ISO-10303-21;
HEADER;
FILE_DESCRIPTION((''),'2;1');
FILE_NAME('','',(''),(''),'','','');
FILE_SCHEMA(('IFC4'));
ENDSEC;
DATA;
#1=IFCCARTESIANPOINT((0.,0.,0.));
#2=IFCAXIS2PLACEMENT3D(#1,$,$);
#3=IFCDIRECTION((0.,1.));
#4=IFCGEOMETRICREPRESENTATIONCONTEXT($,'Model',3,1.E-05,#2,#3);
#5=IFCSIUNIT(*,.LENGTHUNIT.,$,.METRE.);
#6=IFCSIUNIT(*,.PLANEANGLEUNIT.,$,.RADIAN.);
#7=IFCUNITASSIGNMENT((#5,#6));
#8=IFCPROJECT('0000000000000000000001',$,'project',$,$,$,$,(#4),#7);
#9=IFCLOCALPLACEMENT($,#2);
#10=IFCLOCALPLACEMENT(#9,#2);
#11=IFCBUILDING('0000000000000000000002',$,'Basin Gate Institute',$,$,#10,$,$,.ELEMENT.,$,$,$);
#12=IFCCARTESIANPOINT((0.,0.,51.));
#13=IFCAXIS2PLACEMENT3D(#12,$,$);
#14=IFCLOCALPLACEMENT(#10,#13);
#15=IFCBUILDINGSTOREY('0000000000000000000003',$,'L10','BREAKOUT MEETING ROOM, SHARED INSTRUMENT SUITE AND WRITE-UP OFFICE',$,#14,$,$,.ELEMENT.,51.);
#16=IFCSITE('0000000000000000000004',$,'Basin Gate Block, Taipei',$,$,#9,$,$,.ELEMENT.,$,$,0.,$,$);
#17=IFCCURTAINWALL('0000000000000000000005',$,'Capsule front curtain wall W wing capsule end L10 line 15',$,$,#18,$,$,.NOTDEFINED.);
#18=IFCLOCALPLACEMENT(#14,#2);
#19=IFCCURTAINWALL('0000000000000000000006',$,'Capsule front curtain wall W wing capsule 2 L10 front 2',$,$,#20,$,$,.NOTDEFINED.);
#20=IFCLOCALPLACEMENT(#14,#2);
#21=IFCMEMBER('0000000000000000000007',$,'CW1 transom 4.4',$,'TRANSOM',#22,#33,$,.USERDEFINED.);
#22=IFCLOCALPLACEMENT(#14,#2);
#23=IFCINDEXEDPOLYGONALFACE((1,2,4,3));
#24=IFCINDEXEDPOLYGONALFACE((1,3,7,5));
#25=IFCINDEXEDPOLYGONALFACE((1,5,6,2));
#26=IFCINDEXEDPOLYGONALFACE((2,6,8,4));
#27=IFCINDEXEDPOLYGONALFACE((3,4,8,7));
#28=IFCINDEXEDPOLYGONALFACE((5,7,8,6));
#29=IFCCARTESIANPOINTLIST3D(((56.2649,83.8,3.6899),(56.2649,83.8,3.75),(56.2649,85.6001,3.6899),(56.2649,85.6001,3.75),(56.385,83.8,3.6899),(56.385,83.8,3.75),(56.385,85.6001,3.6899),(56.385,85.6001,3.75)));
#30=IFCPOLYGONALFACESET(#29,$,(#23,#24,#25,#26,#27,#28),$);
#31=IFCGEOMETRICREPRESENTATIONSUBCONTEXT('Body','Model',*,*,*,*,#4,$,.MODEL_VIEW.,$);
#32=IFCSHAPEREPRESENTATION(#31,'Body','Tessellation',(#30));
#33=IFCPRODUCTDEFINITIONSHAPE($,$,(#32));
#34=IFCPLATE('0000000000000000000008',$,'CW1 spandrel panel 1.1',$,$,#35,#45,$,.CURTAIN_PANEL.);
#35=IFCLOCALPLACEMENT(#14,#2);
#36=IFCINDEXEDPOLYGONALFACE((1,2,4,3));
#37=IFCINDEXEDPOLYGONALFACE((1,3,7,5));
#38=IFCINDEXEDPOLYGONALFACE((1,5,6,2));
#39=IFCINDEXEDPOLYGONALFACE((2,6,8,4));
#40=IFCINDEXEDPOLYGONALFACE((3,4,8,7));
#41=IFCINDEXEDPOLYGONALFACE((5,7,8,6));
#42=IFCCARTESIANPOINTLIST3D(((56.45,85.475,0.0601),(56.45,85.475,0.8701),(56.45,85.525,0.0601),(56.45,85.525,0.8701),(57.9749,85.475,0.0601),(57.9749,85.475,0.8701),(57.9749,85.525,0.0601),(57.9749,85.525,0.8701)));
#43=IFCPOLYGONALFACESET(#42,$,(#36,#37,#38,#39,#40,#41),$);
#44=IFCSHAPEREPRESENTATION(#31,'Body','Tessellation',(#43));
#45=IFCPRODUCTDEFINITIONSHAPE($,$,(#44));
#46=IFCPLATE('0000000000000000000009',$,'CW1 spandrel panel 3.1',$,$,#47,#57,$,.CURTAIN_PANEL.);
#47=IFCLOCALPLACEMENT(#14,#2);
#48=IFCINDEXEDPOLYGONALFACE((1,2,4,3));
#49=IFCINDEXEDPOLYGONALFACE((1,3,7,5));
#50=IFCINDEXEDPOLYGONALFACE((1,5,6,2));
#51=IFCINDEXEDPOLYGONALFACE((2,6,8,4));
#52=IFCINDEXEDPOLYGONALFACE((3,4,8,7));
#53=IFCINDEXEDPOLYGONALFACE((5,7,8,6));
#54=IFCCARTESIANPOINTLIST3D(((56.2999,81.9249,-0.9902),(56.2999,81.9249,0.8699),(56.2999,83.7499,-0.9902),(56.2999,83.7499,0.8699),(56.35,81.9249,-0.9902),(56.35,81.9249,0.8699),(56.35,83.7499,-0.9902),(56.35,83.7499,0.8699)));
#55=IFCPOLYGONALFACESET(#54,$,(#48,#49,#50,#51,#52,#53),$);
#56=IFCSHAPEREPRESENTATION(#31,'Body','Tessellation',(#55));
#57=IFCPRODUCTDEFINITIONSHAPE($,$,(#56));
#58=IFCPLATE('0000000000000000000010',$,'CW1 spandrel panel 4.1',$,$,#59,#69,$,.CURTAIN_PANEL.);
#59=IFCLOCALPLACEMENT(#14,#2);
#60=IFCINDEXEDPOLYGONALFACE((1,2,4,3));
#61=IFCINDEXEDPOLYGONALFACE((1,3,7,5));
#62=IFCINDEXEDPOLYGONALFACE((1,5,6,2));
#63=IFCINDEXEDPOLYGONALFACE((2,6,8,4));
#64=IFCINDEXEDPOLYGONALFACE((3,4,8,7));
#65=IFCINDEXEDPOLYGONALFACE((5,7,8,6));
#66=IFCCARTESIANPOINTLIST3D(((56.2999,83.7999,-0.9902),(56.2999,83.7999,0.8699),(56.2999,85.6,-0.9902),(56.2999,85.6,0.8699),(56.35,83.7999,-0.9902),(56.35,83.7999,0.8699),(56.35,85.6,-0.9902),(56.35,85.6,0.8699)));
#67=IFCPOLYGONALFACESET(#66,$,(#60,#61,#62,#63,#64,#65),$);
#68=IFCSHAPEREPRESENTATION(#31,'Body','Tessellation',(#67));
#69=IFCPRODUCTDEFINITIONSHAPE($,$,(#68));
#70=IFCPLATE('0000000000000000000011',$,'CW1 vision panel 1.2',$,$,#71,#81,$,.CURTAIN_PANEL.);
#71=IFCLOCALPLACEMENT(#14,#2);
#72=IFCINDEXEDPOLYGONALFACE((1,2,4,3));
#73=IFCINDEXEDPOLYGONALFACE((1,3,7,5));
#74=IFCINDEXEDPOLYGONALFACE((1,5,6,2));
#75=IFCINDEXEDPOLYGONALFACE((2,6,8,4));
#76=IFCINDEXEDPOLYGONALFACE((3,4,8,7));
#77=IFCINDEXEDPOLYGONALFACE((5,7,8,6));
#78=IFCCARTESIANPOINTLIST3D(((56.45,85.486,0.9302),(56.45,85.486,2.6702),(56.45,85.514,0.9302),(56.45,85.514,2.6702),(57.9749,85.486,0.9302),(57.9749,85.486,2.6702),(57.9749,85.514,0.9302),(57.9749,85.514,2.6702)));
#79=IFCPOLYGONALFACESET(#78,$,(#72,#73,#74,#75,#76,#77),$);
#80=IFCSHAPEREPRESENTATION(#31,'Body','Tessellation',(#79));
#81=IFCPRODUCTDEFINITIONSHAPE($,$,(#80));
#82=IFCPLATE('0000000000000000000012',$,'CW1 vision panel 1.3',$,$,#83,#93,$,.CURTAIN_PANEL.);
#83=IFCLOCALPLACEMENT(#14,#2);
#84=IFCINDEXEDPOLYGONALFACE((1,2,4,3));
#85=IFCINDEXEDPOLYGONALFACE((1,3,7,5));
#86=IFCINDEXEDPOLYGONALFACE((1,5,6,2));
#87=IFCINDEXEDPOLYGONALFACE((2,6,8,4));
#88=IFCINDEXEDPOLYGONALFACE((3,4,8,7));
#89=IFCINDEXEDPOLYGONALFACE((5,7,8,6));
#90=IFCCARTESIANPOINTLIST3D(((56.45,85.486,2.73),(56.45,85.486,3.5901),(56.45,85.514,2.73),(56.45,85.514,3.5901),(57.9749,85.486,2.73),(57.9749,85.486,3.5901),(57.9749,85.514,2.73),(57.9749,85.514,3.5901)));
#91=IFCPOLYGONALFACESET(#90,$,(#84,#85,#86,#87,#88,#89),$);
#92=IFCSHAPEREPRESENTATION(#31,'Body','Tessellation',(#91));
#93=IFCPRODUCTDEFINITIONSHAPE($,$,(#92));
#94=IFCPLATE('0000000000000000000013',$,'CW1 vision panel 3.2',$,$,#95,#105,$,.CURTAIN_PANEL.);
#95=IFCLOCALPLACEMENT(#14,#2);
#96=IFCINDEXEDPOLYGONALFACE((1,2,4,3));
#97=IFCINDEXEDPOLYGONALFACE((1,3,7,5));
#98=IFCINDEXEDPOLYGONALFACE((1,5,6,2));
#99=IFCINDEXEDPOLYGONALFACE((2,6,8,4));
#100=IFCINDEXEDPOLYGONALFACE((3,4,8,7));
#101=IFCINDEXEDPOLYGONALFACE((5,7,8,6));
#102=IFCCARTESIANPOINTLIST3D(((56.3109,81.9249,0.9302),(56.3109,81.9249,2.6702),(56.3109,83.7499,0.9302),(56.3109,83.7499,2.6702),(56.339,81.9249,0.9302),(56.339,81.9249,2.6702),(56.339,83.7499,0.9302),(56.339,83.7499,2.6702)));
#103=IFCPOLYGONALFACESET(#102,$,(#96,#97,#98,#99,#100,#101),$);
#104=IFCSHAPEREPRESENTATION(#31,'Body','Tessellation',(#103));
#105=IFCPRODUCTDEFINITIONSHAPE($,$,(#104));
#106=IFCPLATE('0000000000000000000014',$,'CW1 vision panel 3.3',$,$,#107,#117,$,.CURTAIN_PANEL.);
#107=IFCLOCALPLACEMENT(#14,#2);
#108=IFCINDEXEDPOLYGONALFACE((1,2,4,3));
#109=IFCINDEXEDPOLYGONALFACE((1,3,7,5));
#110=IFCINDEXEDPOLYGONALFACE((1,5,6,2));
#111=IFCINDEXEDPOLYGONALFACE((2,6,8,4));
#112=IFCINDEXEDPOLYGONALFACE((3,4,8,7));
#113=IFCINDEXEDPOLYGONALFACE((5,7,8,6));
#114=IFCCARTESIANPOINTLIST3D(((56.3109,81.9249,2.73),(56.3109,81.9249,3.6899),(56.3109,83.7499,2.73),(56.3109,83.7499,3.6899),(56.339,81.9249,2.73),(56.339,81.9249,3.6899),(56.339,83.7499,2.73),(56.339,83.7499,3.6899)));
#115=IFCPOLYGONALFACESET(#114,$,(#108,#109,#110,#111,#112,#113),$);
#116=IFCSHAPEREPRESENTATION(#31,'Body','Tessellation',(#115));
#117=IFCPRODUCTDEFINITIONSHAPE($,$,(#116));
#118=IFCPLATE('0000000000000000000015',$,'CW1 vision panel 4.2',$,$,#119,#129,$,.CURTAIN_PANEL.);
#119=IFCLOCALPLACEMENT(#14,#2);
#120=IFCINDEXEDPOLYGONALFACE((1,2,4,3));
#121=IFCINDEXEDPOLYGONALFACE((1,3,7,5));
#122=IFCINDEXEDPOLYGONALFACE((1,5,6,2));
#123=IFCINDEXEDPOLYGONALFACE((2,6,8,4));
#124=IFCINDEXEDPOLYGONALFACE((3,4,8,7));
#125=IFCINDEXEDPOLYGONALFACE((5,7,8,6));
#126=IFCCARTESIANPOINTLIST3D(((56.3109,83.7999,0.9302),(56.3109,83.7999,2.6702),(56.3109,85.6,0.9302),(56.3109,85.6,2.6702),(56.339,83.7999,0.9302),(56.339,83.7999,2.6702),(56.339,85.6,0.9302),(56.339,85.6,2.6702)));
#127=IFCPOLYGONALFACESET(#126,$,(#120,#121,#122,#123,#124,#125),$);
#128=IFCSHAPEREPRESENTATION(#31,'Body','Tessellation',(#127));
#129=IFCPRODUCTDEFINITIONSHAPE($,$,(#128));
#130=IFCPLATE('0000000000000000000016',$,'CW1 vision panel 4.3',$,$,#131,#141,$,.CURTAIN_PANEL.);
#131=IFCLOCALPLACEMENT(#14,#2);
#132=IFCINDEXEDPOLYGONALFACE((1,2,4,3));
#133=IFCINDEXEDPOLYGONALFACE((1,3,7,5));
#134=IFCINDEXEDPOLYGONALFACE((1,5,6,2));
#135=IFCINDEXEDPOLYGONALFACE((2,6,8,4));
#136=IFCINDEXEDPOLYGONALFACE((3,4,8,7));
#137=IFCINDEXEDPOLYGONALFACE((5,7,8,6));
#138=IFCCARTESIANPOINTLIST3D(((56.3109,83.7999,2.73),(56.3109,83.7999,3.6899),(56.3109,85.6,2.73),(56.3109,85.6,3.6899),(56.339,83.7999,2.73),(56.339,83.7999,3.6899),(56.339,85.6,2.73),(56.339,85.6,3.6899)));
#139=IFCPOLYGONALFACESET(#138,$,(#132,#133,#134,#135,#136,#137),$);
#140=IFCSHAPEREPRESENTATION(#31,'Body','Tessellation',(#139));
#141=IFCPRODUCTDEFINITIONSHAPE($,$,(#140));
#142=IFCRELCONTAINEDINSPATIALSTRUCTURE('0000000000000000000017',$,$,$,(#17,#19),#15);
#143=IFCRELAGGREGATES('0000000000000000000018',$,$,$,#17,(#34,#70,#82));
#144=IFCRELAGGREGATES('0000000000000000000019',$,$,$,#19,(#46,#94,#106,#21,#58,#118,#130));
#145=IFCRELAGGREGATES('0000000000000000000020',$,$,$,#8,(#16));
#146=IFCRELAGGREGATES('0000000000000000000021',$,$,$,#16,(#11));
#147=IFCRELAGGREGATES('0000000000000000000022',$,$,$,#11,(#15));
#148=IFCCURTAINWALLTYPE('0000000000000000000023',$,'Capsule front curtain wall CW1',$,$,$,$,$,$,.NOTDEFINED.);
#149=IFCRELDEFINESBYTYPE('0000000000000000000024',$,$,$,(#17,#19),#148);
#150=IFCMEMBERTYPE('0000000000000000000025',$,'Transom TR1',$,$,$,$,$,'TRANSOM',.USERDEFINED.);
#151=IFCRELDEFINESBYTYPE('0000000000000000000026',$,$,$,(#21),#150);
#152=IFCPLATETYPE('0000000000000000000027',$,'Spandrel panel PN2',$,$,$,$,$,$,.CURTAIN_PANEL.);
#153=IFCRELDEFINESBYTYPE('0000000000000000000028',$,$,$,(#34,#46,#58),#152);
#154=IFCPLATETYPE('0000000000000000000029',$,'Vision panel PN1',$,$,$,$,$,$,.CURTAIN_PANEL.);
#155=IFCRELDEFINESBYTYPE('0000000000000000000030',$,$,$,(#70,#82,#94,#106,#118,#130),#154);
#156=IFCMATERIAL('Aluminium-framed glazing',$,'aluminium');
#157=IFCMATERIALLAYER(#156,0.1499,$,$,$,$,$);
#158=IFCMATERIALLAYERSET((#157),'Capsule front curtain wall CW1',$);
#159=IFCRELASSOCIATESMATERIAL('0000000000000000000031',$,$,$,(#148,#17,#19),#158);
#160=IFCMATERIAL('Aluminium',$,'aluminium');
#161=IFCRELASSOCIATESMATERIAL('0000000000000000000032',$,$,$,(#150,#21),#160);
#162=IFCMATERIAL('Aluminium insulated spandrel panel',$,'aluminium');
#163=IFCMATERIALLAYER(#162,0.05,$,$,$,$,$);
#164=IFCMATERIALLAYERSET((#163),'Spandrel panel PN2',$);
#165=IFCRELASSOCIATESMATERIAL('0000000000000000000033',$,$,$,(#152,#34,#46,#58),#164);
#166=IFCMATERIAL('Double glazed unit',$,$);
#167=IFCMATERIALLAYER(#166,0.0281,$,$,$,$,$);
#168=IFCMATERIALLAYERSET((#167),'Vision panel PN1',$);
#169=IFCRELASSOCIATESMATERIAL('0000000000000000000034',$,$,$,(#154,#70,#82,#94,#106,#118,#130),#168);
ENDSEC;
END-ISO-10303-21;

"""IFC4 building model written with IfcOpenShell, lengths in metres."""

from ifc_helpers import new_model, si_unit, direction, frame, origin, origin_2d, place, context, subcontext, project, spatial, rectangle, extrude, material, layer, layer_set, material_profile, profile_set, type_object, element, aggregate, save


model = new_model("IFC4")

# Units and contexts
model_context = context("Model", 3, precision=1e-05, world=origin(), true_north=direction((0.0, 1.0)))
body_context = subcontext(model_context, "Body", "Model", "MODEL_VIEW")
ifc_project = project(units=[si_unit("LENGTHUNIT", "METRE"), si_unit("PLANEANGLEUNIT", "RADIAN")], contexts=[model_context])

# Site, building, storey
site_placement = place(None, origin())
site = spatial("IfcSite", under=ifc_project, at=site_placement, Name="Basin Gate Block, Taipei", CompositionType="ELEMENT", RefElevation=0.0)
building_placement = place(site_placement, origin())
building = spatial("IfcBuilding", under=site, at=building_placement, Name="Basin Gate Institute", CompositionType="ELEMENT")
storey_placement = place(building_placement, frame((0.0, 0.0, 51.0)))
storey = spatial("IfcBuildingStorey", under=building, at=storey_placement, Name="L10", Description="BREAKOUT MEETING ROOM, SHARED INSTRUMENT SUITE AND WRITE-UP OFFICE", CompositionType="ELEMENT", Elevation=51.0)

# Curtain wall
ifc_material_1 = material(Name="Aluminium-framed glazing", Category="aluminium")
ifc_layer_1 = layer(ifc_material_1, 0.1499)
ifc_layer_set_1 = layer_set([ifc_layer_1], Name="Capsule front curtain wall CW1")
curtain_wall_type = type_object("IfcCurtainWallType", Name="Capsule front curtain wall CW1", PredefinedType="NOTDEFINED", material=ifc_layer_set_1)
curtain_wall_1_placement = place(storey_placement, origin())
curtain_wall_1 = element("IfcCurtainWall", 1, at=curtain_wall_1_placement, inside=storey, type_object=curtain_wall_type, material=ifc_layer_set_1, Name="Capsule front curtain wall W wing capsule end L10 line 15", PredefinedType="NOTDEFINED")

# Curtain wall
curtain_wall_2_placement = place(storey_placement, origin())
curtain_wall_2 = element("IfcCurtainWall", 2, at=curtain_wall_2_placement, inside=storey, type_object=curtain_wall_type, material=ifc_layer_set_1, Name="Capsule front curtain wall W wing capsule 2 L10 front 2", PredefinedType="NOTDEFINED")

# Member
ifc_material_2 = material(Name="Aluminium", Category="aluminium")
ifc_material_profile_1 = material_profile(ifc_material_2, rectangle(XDim=0.1201, YDim=0.0601, at=origin_2d()), Name="Transom TR1 120 x 60")
ifc_profile_set_1 = profile_set([ifc_material_profile_1], Name="Aluminium")
member_type_1 = type_object("IfcMemberType", Name="Transom TR1", ElementType="TRANSOM", PredefinedType="USERDEFINED", material=ifc_profile_set_1)
member_1_placement = place(storey_placement, frame((56.325, 83.8, 3.72), z_axis=(0.0, 1.0, 0.0), x_axis=(-1.0, 0.0, 0.0)))
member_1 = element("IfcMember", 3, at=member_1_placement, type_object=member_type_1, material=ifc_profile_set_1, Name="CW1 transom 4.4", ObjectType="TRANSOM", PredefinedType="USERDEFINED", context=body_context, shape_type="SweptSolid", body=[
    extrude(rectangle(XDim=0.1201, YDim=0.0601, at=origin_2d()), origin(), (0.0, 0.0, 1.0), 1.8),
])

# Plates
ifc_material_3 = material(Name="Aluminium insulated spandrel panel", Category="aluminium")
ifc_layer_2 = layer(ifc_material_3, 0.05)
ifc_layer_set_2 = layer_set([ifc_layer_2], Name="Spandrel panel PN2")
plate_type_1 = type_object("IfcPlateType", Name="Spandrel panel PN2", PredefinedType="CURTAIN_PANEL", material=ifc_layer_set_2)
plate_1_placement = place(storey_placement, frame((57.2124, 85.5, 0.0601), z_axis=(0.0, 0.0, 1.0), x_axis=(1.0, 0.0, 0.0)))
plate_1 = element("IfcPlate", 4, at=plate_1_placement, type_object=plate_type_1, material=ifc_layer_set_2, Name="CW1 spandrel panel 1.1", PredefinedType="CURTAIN_PANEL", context=body_context, shape_type="SweptSolid", body=[
    extrude(rectangle(XDim=1.5249, YDim=0.05, at=origin_2d()), origin(), (0.0, 0.0, 1.0), 0.8101),
])
plate_2_placement = place(storey_placement, frame((56.325, 82.8374, -0.9902), z_axis=(0.0, 0.0, 1.0), x_axis=(0.0, 1.0, 0.0)))
plate_2 = element("IfcPlate", 5, at=plate_2_placement, type_object=plate_type_1, material=ifc_layer_set_2, Name="CW1 spandrel panel 3.1", PredefinedType="CURTAIN_PANEL", context=body_context, shape_type="SweptSolid", body=[
    extrude(rectangle(XDim=1.825, YDim=0.05, at=origin_2d()), origin(), (0.0, 0.0, 1.0), 1.8601),
])
plate_3_placement = place(storey_placement, frame((56.325, 84.7, -0.9902), z_axis=(0.0, 0.0, 1.0), x_axis=(0.0, 1.0, 0.0)))
plate_3 = element("IfcPlate", 6, at=plate_3_placement, type_object=plate_type_1, material=ifc_layer_set_2, Name="CW1 spandrel panel 4.1", PredefinedType="CURTAIN_PANEL", context=body_context, shape_type="SweptSolid", body=[
    extrude(rectangle(XDim=1.8, YDim=0.05, at=origin_2d()), origin(), (0.0, 0.0, 1.0), 1.8601),
])
ifc_material_4 = material(Name="Double glazed unit")
ifc_layer_3 = layer(ifc_material_4, 0.0281)
ifc_layer_set_3 = layer_set([ifc_layer_3], Name="Vision panel PN1")
plate_type_2 = type_object("IfcPlateType", Name="Vision panel PN1", PredefinedType="CURTAIN_PANEL", material=ifc_layer_set_3)
plate_4_placement = place(storey_placement, frame((57.2124, 85.5, 0.9302), z_axis=(0.0, 0.0, 1.0), x_axis=(1.0, 0.0, 0.0)))
plate_4 = element("IfcPlate", 7, at=plate_4_placement, type_object=plate_type_2, material=ifc_layer_set_3, Name="CW1 vision panel 1.2", PredefinedType="CURTAIN_PANEL", context=body_context, shape_type="SweptSolid", body=[
    extrude(rectangle(XDim=1.5249, YDim=0.0281, at=origin_2d()), origin(), (0.0, 0.0, 1.0), 1.74),
])
plate_5_placement = place(storey_placement, frame((57.2124, 85.5, 2.73), z_axis=(0.0, 0.0, 1.0), x_axis=(1.0, 0.0, 0.0)))
plate_5 = element("IfcPlate", 8, at=plate_5_placement, type_object=plate_type_2, material=ifc_layer_set_3, Name="CW1 vision panel 1.3", PredefinedType="CURTAIN_PANEL", context=body_context, shape_type="SweptSolid", body=[
    extrude(rectangle(XDim=1.5249, YDim=0.0281, at=origin_2d()), origin(), (0.0, 0.0, 1.0), 0.8601),
])
aggregate(curtain_wall_1, [plate_1, plate_4, plate_5])
plate_6_placement = place(storey_placement, frame((56.325, 82.8374, 0.9302), z_axis=(0.0, 0.0, 1.0), x_axis=(0.0, 1.0, 0.0)))
plate_6 = element("IfcPlate", 9, at=plate_6_placement, type_object=plate_type_2, material=ifc_layer_set_3, Name="CW1 vision panel 3.2", PredefinedType="CURTAIN_PANEL", context=body_context, shape_type="SweptSolid", body=[
    extrude(rectangle(XDim=1.825, YDim=0.0281, at=origin_2d()), origin(), (0.0, 0.0, 1.0), 1.74),
])
plate_7_placement = place(storey_placement, frame((56.325, 82.8374, 2.73), z_axis=(0.0, 0.0, 1.0), x_axis=(0.0, 1.0, 0.0)))
plate_7 = element("IfcPlate", 10, at=plate_7_placement, type_object=plate_type_2, material=ifc_layer_set_3, Name="CW1 vision panel 3.3", PredefinedType="CURTAIN_PANEL", context=body_context, shape_type="SweptSolid", body=[
    extrude(rectangle(XDim=1.825, YDim=0.0281, at=origin_2d()), origin(), (0.0, 0.0, 1.0), 0.96),
])
plate_8_placement = place(storey_placement, frame((56.325, 84.7, 0.9302), z_axis=(0.0, 0.0, 1.0), x_axis=(0.0, 1.0, 0.0)))
plate_8 = element("IfcPlate", 11, at=plate_8_placement, type_object=plate_type_2, material=ifc_layer_set_3, Name="CW1 vision panel 4.2", PredefinedType="CURTAIN_PANEL", context=body_context, shape_type="SweptSolid", body=[
    extrude(rectangle(XDim=1.8, YDim=0.0281, at=origin_2d()), origin(), (0.0, 0.0, 1.0), 1.74),
])
plate_9_placement = place(storey_placement, frame((56.325, 84.7, 2.73), z_axis=(0.0, 0.0, 1.0), x_axis=(0.0, 1.0, 0.0)))
plate_9 = element("IfcPlate", 12, at=plate_9_placement, type_object=plate_type_2, material=ifc_layer_set_3, Name="CW1 vision panel 4.3", PredefinedType="CURTAIN_PANEL", context=body_context, shape_type="SweptSolid", body=[
    extrude(rectangle(XDim=1.8, YDim=0.0281, at=origin_2d()), origin(), (0.0, 0.0, 1.0), 0.96),
])
aggregate(curtain_wall_2, [plate_2, plate_6, plate_7, member_1, plate_3, plate_8, plate_9])

save(model, "model.ifc")
